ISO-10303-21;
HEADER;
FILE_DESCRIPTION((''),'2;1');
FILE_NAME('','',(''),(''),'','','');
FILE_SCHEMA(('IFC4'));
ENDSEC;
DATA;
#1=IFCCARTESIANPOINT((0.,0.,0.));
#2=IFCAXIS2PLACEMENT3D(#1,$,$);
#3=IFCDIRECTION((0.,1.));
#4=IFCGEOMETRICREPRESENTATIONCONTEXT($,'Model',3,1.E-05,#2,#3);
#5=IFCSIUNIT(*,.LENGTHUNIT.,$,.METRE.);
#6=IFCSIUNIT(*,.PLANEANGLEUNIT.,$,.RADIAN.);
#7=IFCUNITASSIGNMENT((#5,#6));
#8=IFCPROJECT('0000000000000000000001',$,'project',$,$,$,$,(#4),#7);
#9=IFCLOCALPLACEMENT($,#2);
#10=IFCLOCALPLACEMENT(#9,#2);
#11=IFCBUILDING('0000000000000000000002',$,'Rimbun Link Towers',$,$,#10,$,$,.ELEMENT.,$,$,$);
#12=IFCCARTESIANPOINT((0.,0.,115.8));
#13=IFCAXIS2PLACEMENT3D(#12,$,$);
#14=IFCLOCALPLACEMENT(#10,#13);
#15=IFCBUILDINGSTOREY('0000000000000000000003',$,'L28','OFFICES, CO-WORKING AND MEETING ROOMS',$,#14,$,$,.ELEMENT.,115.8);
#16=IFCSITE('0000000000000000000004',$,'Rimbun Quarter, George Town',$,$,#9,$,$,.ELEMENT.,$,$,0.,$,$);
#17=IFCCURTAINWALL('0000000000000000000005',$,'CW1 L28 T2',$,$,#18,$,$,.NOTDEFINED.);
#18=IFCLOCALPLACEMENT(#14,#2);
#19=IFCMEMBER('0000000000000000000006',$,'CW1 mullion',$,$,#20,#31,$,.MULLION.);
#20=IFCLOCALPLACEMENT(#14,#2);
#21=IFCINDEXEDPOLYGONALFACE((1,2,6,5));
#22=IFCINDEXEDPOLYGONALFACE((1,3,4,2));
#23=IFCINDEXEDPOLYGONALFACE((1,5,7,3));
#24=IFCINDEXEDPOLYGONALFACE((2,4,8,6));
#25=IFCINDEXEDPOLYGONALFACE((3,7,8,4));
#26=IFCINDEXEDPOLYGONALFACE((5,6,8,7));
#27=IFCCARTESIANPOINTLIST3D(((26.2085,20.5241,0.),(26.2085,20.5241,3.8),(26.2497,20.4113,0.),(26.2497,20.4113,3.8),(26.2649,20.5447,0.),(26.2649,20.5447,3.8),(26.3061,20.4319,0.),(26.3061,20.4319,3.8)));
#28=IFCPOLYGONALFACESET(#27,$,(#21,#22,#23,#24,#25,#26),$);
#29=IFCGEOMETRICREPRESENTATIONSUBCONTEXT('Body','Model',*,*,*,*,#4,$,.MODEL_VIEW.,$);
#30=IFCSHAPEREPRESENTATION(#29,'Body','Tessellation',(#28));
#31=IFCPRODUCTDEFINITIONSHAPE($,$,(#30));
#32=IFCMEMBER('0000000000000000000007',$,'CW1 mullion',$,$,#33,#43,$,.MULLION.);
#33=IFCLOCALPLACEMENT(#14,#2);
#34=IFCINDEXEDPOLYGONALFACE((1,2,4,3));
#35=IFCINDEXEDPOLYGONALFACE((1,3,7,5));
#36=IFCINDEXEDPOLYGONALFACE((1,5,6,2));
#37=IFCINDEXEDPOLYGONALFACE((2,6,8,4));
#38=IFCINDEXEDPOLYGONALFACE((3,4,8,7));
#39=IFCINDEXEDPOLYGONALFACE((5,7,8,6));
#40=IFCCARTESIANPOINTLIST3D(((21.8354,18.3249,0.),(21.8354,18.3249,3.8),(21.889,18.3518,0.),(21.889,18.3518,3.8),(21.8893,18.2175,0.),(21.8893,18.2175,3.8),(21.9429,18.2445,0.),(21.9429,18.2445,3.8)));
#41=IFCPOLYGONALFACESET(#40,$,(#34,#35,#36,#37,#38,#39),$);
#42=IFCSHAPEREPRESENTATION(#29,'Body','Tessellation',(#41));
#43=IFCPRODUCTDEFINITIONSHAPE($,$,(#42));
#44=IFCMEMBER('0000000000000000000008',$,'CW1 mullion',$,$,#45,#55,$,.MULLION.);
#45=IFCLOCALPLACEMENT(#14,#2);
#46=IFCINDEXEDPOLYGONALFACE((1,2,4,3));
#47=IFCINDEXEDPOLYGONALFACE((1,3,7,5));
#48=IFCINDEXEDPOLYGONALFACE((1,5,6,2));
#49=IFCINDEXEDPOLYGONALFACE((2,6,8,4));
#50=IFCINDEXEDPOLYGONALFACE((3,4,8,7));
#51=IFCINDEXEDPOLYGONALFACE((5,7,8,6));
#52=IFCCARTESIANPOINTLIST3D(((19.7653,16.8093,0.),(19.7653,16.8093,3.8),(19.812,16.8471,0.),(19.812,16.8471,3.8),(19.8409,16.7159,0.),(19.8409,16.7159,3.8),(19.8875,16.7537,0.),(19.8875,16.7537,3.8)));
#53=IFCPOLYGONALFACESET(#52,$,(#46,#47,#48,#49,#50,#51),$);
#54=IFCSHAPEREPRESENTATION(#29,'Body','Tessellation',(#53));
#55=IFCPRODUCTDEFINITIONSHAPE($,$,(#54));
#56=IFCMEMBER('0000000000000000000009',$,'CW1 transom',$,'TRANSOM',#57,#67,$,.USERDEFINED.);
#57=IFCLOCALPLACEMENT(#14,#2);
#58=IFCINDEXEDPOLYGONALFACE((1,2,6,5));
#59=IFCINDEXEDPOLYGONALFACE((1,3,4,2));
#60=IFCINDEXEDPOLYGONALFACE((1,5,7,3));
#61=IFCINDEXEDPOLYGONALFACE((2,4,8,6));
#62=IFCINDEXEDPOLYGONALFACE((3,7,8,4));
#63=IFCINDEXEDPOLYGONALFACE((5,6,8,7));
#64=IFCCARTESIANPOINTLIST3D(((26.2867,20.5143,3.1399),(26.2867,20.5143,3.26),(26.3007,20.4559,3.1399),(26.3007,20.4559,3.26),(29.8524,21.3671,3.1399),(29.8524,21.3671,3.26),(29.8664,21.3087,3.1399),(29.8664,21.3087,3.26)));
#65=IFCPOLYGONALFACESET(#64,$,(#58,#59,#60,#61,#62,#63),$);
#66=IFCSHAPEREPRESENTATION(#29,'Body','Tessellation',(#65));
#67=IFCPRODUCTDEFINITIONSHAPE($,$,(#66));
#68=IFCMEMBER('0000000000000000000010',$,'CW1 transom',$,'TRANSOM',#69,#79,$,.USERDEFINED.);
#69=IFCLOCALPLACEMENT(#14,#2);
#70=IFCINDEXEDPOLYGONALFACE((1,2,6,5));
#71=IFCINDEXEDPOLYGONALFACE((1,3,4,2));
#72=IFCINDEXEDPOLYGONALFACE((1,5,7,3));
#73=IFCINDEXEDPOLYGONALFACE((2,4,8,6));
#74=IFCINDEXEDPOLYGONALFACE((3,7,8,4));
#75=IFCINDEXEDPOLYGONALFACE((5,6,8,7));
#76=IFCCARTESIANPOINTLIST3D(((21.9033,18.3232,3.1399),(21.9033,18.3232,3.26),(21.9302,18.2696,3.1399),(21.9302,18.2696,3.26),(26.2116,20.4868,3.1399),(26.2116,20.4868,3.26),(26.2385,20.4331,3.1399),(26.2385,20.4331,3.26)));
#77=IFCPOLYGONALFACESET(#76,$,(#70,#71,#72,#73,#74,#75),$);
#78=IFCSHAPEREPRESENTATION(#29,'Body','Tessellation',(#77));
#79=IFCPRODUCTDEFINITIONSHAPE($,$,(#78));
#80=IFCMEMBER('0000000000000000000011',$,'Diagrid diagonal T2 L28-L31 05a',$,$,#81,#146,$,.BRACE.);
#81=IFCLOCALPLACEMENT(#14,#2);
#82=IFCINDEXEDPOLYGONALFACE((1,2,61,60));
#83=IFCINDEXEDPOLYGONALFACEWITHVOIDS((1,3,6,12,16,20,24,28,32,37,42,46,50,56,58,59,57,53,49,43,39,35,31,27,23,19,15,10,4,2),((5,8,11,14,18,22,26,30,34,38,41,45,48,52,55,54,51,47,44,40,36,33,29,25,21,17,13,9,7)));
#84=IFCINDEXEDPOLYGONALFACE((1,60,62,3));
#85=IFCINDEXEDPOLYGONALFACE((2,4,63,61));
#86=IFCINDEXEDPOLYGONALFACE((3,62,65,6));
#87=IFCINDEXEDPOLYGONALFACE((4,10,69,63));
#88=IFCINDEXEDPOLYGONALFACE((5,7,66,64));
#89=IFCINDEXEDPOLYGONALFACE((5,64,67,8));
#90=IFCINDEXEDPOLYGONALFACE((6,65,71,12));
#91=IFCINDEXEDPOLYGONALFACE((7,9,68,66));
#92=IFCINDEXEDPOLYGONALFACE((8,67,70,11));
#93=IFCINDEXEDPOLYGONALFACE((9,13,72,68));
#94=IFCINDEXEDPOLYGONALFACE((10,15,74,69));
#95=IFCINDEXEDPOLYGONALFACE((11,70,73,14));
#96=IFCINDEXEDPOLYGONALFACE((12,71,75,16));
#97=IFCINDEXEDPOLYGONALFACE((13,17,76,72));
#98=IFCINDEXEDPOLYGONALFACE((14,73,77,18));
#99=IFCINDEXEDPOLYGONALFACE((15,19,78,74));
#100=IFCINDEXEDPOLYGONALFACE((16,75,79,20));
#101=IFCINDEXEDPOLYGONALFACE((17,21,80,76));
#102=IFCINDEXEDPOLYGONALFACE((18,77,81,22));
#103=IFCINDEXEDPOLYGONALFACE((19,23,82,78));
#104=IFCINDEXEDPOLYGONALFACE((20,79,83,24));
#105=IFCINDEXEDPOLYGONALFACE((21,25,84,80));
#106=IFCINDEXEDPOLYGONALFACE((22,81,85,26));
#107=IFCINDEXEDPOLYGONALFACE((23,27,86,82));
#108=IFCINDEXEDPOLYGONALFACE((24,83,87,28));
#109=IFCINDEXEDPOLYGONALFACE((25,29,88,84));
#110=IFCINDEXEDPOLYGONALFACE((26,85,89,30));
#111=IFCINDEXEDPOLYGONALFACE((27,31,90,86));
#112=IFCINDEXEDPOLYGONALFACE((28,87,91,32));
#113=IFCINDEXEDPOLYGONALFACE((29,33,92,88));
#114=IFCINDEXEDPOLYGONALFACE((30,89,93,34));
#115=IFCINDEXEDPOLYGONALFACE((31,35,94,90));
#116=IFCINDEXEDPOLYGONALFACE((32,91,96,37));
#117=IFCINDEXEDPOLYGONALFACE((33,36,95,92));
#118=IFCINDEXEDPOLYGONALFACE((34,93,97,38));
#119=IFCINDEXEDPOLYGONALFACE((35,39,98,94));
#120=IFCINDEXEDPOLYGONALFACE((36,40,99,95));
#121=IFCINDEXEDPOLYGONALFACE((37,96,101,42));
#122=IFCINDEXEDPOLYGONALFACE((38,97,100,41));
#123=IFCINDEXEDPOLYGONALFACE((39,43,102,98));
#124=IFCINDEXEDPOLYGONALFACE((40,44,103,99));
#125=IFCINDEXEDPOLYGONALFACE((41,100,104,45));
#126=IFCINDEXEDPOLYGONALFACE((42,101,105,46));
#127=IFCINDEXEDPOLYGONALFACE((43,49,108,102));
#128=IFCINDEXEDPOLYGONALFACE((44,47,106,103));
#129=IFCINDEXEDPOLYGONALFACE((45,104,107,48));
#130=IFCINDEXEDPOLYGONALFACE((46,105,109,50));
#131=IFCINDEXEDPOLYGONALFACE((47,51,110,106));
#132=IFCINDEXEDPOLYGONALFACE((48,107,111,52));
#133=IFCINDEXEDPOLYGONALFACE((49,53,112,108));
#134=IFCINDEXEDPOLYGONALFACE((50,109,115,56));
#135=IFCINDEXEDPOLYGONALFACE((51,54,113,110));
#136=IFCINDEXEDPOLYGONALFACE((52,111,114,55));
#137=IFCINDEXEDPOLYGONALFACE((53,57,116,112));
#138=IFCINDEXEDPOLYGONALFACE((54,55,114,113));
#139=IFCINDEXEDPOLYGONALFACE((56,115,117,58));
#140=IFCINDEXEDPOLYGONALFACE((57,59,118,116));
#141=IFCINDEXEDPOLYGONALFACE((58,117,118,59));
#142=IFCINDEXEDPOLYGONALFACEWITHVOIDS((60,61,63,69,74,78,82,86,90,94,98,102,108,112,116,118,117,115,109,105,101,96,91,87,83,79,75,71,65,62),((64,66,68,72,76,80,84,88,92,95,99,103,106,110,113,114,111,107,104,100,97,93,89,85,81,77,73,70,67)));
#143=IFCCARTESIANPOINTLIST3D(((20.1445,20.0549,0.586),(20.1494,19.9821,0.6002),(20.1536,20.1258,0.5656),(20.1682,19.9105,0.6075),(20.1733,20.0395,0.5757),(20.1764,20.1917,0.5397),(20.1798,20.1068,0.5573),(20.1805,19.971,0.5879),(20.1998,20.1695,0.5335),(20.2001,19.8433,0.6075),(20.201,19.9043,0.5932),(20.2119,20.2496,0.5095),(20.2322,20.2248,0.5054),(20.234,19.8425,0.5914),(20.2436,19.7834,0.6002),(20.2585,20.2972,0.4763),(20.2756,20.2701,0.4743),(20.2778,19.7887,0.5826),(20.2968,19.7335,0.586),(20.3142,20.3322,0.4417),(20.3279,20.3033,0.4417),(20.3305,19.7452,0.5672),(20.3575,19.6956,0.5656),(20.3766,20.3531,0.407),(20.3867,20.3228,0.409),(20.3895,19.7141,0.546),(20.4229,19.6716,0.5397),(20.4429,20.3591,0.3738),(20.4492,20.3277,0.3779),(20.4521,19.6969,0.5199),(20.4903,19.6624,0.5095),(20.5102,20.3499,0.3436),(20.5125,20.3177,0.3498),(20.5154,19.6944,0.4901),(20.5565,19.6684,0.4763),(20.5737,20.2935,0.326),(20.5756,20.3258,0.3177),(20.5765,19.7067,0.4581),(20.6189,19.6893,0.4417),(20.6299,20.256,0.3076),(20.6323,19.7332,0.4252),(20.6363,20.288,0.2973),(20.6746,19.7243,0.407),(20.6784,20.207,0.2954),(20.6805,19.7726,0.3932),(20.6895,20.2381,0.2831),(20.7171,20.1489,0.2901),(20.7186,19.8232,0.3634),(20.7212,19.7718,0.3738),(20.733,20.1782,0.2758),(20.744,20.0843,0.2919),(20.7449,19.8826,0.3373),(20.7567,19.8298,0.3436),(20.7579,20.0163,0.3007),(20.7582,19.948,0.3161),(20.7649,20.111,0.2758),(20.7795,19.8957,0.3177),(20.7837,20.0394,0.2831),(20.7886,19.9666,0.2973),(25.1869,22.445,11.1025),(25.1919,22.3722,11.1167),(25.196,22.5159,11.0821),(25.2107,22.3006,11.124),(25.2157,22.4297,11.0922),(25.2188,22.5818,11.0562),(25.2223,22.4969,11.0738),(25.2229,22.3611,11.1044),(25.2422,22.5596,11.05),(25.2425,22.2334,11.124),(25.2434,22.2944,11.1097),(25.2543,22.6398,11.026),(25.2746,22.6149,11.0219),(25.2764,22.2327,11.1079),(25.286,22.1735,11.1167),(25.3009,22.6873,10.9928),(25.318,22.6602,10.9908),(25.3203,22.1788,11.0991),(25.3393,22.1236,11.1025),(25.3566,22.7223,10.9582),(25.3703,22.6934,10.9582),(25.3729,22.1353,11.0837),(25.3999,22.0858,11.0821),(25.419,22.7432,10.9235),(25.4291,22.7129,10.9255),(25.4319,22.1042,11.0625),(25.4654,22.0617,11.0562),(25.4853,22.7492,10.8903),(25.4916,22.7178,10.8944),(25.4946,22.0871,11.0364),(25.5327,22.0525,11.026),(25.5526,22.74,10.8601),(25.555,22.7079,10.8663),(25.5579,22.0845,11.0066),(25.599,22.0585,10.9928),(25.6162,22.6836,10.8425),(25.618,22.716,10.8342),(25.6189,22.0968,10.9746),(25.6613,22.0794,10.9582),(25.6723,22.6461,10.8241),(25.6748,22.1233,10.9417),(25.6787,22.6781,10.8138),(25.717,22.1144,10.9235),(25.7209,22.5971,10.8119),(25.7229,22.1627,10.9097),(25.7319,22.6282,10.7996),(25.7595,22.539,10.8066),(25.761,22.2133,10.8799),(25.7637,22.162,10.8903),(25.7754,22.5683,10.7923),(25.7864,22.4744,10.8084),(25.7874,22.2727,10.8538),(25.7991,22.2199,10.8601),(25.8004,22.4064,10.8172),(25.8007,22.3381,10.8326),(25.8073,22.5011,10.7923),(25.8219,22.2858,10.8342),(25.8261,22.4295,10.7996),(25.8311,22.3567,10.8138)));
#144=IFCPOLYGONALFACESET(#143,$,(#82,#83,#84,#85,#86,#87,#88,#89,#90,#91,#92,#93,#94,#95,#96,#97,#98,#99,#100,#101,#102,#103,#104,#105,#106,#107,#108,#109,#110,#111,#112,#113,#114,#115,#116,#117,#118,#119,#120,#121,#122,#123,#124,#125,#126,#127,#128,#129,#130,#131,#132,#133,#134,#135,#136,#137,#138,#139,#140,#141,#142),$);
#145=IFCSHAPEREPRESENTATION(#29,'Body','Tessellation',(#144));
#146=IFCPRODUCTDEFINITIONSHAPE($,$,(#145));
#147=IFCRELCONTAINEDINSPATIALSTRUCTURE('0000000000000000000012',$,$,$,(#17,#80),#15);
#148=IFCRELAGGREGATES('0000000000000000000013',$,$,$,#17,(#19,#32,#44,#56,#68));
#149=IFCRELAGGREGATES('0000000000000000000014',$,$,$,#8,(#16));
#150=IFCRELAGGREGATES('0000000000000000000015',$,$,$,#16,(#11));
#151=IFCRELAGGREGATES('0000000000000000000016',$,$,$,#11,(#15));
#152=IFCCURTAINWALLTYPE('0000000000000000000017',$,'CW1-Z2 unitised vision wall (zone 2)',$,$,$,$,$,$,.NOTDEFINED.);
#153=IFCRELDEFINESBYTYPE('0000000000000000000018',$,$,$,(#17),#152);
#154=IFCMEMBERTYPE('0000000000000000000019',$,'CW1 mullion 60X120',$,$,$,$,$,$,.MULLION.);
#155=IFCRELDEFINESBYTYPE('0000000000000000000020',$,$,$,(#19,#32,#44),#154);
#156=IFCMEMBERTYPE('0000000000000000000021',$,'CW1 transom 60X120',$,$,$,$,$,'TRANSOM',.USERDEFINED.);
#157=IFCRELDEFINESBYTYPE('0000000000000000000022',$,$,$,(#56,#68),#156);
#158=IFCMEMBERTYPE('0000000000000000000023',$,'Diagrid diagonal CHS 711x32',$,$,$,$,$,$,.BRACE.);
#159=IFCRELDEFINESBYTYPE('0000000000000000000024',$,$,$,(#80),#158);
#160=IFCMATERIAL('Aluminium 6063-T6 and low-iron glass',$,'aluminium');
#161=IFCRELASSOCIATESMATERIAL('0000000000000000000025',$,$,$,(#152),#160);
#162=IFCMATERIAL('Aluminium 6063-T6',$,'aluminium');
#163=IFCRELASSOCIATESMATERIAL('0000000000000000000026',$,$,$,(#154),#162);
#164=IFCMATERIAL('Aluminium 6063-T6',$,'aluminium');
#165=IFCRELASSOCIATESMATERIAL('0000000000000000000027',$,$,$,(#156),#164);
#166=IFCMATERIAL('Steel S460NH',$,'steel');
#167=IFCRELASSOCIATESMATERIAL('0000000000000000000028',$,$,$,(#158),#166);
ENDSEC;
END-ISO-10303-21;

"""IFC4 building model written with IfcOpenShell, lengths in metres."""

from ifc_helpers import new_model, si_unit, direction, frame, origin, origin_2d, place, context, subcontext, project, spatial, rectangle, hollow_circle, extrude, material, material_profile, profile_set, type_object, element, aggregate, save


model = new_model("IFC4")

# Units and contexts
model_context = context("Model", 3, precision=1e-05, world=origin(), true_north=direction((0.0, 1.0)))
body_context = subcontext(model_context, "Body", "Model", "MODEL_VIEW")
ifc_project = project(units=[si_unit("LENGTHUNIT", "METRE"), si_unit("PLANEANGLEUNIT", "RADIAN")], contexts=[model_context])

# Site, building, storey
site_placement = place(None, origin())
site = spatial("IfcSite", under=ifc_project, at=site_placement, Name="Rimbun Quarter, George Town", CompositionType="ELEMENT", RefElevation=0.0)
building_placement = place(site_placement, origin())
building = spatial("IfcBuilding", under=site, at=building_placement, Name="Rimbun Link Towers", CompositionType="ELEMENT")
storey_placement = place(building_placement, frame((0.0, 0.0, 115.8)))
storey = spatial("IfcBuildingStorey", under=building, at=storey_placement, Name="L28", Description="OFFICES, CO-WORKING AND MEETING ROOMS", CompositionType="ELEMENT", Elevation=115.8)

# Curtain wall, members
ifc_material_1 = material(Name="Aluminium 6063-T6 and low-iron glass", Category="aluminium")
curtain_wall_type = type_object("IfcCurtainWallType", Name="CW1-Z2 unitised vision wall (zone 2)", PredefinedType="NOTDEFINED", material=ifc_material_1)
curtain_wall_placement = place(storey_placement, origin())
curtain_wall = element("IfcCurtainWall", 1, at=curtain_wall_placement, inside=storey, type_object=curtain_wall_type, Name="CW1 L28 T2", PredefinedType="NOTDEFINED")
ifc_material_2 = material(Name="Aluminium 6063-T6", Category="aluminium")
ifc_material_profile_1 = material_profile(ifc_material_2, rectangle(XDim=0.1201, YDim=0.0601, at=origin_2d()), Name="MULLION 60X120")
ifc_profile_set_1 = profile_set([ifc_material_profile_1], Name="Aluminium 6063-T6")
member_type_1 = type_object("IfcMemberType", Name="CW1 mullion 60X120", PredefinedType="MULLION", material=ifc_profile_set_1)
member_1_placement = place(storey_placement, frame((26.2573, 20.478, 0.0), z_axis=(0.0, 0.0, 1.0), x_axis=(-0.342975, 0.939345, 0.0)))
member_1 = element("IfcMember", 2, at=member_1_placement, type_object=member_type_1, Name="CW1 mullion", PredefinedType="MULLION", context=body_context, shape_type="SweptSolid", body=[
    extrude(rectangle(XDim=0.1201, YDim=0.0601, at=origin_2d()), origin(), (0.0, 0.0, 1.0), 3.8),
])
member_2_placement = place(storey_placement, frame((21.8892, 18.2847, 0.0), z_axis=(0.0, 0.0, 1.0), x_axis=(-0.448789, 0.893638, 0.0)))
member_2 = element("IfcMember", 3, at=member_2_placement, type_object=member_type_1, Name="CW1 mullion", PredefinedType="MULLION", context=body_context, shape_type="SweptSolid", body=[
    extrude(rectangle(XDim=0.1201, YDim=0.0601, at=origin_2d()), origin(), (0.0, 0.0, 1.0), 3.8),
])
member_3_placement = place(storey_placement, frame((19.8264, 16.7815, 0.0), z_axis=(0.0, 0.0, 1.0), x_axis=(-0.629158, 0.777277, 0.0)))
member_3 = element("IfcMember", 4, at=member_3_placement, type_object=member_type_1, Name="CW1 mullion", PredefinedType="MULLION", context=body_context, shape_type="SweptSolid", body=[
    extrude(rectangle(XDim=0.1201, YDim=0.0601, at=origin_2d()), origin(), (0.0, 0.0, 1.0), 3.8),
])
ifc_material_3 = material(Name="Aluminium 6063-T6", Category="aluminium")
ifc_material_profile_2 = material_profile(ifc_material_3, rectangle(XDim=0.0601, YDim=0.1201, at=origin_2d()), Name="TRANSOM 60X120")
ifc_profile_set_2 = profile_set([ifc_material_profile_2], Name="Aluminium 6063-T6")
member_type_2 = type_object("IfcMemberType", Name="CW1 transom 60X120", ElementType="TRANSOM", PredefinedType="USERDEFINED", material=ifc_profile_set_2)
member_4_placement = place(storey_placement, frame((26.2937, 20.4851, 3.2), z_axis=(0.972571, 0.232605, 0.0), x_axis=(-0.232605, 0.972571, 0.0)))
member_4 = element("IfcMember", 5, at=member_4_placement, type_object=member_type_2, Name="CW1 transom", ObjectType="TRANSOM", PredefinedType="USERDEFINED", context=body_context, shape_type="SweptSolid", body=[
    extrude(rectangle(XDim=0.0601, YDim=0.1201, at=origin_2d()), origin(), (0.0, 0.0, 1.0), 3.6663),
])
member_5_placement = place(storey_placement, frame((21.9167, 18.2964, 3.2), z_axis=(0.893646, 0.448773, 0.0), x_axis=(-0.448773, 0.893646, 0.0)))
member_5 = element("IfcMember", 6, at=member_5_placement, type_object=member_type_2, Name="CW1 transom", ObjectType="TRANSOM", PredefinedType="USERDEFINED", context=body_context, shape_type="SweptSolid", body=[
    extrude(rectangle(XDim=0.0601, YDim=0.1201, at=origin_2d()), origin(), (0.0, 0.0, 1.0), 4.821),
])

# Member
ifc_material_4 = material(Name="Steel S460NH", Category="steel")
ifc_material_profile_3 = material_profile(ifc_material_4, hollow_circle(Radius=0.3557, WallThickness=0.032, at=origin_2d()), Name="Diagrid diagonal CHS 711x32")
ifc_profile_set_3 = profile_set([ifc_material_profile_3], Name="Steel S460NH")
member_type_3 = type_object("IfcMemberType", Name="Diagrid diagonal CHS 711x32", PredefinedType="BRACE", material=ifc_profile_set_3)
member_6_placement = place(storey_placement, frame((20.4666, 20.0107, 0.4417), z_axis=(0.423546, 0.200761, 0.883348), x_axis=(-0.42832, 0.903627, 0.0)))
element("IfcMember", 7, at=member_6_placement, inside=storey, type_object=member_type_3, Name="Diagrid diagonal T2 L28-L31 05a", PredefinedType="BRACE", context=body_context, shape_type="SweptSolid", body=[
    extrude(hollow_circle(Radius=0.3557, WallThickness=0.032, at=origin_2d()), origin(), (0.0, 0.0, 1.0), 11.9053),
])

aggregate(curtain_wall, [member_1, member_2, member_3, member_4, member_5])

save(model, "model.ifc")
